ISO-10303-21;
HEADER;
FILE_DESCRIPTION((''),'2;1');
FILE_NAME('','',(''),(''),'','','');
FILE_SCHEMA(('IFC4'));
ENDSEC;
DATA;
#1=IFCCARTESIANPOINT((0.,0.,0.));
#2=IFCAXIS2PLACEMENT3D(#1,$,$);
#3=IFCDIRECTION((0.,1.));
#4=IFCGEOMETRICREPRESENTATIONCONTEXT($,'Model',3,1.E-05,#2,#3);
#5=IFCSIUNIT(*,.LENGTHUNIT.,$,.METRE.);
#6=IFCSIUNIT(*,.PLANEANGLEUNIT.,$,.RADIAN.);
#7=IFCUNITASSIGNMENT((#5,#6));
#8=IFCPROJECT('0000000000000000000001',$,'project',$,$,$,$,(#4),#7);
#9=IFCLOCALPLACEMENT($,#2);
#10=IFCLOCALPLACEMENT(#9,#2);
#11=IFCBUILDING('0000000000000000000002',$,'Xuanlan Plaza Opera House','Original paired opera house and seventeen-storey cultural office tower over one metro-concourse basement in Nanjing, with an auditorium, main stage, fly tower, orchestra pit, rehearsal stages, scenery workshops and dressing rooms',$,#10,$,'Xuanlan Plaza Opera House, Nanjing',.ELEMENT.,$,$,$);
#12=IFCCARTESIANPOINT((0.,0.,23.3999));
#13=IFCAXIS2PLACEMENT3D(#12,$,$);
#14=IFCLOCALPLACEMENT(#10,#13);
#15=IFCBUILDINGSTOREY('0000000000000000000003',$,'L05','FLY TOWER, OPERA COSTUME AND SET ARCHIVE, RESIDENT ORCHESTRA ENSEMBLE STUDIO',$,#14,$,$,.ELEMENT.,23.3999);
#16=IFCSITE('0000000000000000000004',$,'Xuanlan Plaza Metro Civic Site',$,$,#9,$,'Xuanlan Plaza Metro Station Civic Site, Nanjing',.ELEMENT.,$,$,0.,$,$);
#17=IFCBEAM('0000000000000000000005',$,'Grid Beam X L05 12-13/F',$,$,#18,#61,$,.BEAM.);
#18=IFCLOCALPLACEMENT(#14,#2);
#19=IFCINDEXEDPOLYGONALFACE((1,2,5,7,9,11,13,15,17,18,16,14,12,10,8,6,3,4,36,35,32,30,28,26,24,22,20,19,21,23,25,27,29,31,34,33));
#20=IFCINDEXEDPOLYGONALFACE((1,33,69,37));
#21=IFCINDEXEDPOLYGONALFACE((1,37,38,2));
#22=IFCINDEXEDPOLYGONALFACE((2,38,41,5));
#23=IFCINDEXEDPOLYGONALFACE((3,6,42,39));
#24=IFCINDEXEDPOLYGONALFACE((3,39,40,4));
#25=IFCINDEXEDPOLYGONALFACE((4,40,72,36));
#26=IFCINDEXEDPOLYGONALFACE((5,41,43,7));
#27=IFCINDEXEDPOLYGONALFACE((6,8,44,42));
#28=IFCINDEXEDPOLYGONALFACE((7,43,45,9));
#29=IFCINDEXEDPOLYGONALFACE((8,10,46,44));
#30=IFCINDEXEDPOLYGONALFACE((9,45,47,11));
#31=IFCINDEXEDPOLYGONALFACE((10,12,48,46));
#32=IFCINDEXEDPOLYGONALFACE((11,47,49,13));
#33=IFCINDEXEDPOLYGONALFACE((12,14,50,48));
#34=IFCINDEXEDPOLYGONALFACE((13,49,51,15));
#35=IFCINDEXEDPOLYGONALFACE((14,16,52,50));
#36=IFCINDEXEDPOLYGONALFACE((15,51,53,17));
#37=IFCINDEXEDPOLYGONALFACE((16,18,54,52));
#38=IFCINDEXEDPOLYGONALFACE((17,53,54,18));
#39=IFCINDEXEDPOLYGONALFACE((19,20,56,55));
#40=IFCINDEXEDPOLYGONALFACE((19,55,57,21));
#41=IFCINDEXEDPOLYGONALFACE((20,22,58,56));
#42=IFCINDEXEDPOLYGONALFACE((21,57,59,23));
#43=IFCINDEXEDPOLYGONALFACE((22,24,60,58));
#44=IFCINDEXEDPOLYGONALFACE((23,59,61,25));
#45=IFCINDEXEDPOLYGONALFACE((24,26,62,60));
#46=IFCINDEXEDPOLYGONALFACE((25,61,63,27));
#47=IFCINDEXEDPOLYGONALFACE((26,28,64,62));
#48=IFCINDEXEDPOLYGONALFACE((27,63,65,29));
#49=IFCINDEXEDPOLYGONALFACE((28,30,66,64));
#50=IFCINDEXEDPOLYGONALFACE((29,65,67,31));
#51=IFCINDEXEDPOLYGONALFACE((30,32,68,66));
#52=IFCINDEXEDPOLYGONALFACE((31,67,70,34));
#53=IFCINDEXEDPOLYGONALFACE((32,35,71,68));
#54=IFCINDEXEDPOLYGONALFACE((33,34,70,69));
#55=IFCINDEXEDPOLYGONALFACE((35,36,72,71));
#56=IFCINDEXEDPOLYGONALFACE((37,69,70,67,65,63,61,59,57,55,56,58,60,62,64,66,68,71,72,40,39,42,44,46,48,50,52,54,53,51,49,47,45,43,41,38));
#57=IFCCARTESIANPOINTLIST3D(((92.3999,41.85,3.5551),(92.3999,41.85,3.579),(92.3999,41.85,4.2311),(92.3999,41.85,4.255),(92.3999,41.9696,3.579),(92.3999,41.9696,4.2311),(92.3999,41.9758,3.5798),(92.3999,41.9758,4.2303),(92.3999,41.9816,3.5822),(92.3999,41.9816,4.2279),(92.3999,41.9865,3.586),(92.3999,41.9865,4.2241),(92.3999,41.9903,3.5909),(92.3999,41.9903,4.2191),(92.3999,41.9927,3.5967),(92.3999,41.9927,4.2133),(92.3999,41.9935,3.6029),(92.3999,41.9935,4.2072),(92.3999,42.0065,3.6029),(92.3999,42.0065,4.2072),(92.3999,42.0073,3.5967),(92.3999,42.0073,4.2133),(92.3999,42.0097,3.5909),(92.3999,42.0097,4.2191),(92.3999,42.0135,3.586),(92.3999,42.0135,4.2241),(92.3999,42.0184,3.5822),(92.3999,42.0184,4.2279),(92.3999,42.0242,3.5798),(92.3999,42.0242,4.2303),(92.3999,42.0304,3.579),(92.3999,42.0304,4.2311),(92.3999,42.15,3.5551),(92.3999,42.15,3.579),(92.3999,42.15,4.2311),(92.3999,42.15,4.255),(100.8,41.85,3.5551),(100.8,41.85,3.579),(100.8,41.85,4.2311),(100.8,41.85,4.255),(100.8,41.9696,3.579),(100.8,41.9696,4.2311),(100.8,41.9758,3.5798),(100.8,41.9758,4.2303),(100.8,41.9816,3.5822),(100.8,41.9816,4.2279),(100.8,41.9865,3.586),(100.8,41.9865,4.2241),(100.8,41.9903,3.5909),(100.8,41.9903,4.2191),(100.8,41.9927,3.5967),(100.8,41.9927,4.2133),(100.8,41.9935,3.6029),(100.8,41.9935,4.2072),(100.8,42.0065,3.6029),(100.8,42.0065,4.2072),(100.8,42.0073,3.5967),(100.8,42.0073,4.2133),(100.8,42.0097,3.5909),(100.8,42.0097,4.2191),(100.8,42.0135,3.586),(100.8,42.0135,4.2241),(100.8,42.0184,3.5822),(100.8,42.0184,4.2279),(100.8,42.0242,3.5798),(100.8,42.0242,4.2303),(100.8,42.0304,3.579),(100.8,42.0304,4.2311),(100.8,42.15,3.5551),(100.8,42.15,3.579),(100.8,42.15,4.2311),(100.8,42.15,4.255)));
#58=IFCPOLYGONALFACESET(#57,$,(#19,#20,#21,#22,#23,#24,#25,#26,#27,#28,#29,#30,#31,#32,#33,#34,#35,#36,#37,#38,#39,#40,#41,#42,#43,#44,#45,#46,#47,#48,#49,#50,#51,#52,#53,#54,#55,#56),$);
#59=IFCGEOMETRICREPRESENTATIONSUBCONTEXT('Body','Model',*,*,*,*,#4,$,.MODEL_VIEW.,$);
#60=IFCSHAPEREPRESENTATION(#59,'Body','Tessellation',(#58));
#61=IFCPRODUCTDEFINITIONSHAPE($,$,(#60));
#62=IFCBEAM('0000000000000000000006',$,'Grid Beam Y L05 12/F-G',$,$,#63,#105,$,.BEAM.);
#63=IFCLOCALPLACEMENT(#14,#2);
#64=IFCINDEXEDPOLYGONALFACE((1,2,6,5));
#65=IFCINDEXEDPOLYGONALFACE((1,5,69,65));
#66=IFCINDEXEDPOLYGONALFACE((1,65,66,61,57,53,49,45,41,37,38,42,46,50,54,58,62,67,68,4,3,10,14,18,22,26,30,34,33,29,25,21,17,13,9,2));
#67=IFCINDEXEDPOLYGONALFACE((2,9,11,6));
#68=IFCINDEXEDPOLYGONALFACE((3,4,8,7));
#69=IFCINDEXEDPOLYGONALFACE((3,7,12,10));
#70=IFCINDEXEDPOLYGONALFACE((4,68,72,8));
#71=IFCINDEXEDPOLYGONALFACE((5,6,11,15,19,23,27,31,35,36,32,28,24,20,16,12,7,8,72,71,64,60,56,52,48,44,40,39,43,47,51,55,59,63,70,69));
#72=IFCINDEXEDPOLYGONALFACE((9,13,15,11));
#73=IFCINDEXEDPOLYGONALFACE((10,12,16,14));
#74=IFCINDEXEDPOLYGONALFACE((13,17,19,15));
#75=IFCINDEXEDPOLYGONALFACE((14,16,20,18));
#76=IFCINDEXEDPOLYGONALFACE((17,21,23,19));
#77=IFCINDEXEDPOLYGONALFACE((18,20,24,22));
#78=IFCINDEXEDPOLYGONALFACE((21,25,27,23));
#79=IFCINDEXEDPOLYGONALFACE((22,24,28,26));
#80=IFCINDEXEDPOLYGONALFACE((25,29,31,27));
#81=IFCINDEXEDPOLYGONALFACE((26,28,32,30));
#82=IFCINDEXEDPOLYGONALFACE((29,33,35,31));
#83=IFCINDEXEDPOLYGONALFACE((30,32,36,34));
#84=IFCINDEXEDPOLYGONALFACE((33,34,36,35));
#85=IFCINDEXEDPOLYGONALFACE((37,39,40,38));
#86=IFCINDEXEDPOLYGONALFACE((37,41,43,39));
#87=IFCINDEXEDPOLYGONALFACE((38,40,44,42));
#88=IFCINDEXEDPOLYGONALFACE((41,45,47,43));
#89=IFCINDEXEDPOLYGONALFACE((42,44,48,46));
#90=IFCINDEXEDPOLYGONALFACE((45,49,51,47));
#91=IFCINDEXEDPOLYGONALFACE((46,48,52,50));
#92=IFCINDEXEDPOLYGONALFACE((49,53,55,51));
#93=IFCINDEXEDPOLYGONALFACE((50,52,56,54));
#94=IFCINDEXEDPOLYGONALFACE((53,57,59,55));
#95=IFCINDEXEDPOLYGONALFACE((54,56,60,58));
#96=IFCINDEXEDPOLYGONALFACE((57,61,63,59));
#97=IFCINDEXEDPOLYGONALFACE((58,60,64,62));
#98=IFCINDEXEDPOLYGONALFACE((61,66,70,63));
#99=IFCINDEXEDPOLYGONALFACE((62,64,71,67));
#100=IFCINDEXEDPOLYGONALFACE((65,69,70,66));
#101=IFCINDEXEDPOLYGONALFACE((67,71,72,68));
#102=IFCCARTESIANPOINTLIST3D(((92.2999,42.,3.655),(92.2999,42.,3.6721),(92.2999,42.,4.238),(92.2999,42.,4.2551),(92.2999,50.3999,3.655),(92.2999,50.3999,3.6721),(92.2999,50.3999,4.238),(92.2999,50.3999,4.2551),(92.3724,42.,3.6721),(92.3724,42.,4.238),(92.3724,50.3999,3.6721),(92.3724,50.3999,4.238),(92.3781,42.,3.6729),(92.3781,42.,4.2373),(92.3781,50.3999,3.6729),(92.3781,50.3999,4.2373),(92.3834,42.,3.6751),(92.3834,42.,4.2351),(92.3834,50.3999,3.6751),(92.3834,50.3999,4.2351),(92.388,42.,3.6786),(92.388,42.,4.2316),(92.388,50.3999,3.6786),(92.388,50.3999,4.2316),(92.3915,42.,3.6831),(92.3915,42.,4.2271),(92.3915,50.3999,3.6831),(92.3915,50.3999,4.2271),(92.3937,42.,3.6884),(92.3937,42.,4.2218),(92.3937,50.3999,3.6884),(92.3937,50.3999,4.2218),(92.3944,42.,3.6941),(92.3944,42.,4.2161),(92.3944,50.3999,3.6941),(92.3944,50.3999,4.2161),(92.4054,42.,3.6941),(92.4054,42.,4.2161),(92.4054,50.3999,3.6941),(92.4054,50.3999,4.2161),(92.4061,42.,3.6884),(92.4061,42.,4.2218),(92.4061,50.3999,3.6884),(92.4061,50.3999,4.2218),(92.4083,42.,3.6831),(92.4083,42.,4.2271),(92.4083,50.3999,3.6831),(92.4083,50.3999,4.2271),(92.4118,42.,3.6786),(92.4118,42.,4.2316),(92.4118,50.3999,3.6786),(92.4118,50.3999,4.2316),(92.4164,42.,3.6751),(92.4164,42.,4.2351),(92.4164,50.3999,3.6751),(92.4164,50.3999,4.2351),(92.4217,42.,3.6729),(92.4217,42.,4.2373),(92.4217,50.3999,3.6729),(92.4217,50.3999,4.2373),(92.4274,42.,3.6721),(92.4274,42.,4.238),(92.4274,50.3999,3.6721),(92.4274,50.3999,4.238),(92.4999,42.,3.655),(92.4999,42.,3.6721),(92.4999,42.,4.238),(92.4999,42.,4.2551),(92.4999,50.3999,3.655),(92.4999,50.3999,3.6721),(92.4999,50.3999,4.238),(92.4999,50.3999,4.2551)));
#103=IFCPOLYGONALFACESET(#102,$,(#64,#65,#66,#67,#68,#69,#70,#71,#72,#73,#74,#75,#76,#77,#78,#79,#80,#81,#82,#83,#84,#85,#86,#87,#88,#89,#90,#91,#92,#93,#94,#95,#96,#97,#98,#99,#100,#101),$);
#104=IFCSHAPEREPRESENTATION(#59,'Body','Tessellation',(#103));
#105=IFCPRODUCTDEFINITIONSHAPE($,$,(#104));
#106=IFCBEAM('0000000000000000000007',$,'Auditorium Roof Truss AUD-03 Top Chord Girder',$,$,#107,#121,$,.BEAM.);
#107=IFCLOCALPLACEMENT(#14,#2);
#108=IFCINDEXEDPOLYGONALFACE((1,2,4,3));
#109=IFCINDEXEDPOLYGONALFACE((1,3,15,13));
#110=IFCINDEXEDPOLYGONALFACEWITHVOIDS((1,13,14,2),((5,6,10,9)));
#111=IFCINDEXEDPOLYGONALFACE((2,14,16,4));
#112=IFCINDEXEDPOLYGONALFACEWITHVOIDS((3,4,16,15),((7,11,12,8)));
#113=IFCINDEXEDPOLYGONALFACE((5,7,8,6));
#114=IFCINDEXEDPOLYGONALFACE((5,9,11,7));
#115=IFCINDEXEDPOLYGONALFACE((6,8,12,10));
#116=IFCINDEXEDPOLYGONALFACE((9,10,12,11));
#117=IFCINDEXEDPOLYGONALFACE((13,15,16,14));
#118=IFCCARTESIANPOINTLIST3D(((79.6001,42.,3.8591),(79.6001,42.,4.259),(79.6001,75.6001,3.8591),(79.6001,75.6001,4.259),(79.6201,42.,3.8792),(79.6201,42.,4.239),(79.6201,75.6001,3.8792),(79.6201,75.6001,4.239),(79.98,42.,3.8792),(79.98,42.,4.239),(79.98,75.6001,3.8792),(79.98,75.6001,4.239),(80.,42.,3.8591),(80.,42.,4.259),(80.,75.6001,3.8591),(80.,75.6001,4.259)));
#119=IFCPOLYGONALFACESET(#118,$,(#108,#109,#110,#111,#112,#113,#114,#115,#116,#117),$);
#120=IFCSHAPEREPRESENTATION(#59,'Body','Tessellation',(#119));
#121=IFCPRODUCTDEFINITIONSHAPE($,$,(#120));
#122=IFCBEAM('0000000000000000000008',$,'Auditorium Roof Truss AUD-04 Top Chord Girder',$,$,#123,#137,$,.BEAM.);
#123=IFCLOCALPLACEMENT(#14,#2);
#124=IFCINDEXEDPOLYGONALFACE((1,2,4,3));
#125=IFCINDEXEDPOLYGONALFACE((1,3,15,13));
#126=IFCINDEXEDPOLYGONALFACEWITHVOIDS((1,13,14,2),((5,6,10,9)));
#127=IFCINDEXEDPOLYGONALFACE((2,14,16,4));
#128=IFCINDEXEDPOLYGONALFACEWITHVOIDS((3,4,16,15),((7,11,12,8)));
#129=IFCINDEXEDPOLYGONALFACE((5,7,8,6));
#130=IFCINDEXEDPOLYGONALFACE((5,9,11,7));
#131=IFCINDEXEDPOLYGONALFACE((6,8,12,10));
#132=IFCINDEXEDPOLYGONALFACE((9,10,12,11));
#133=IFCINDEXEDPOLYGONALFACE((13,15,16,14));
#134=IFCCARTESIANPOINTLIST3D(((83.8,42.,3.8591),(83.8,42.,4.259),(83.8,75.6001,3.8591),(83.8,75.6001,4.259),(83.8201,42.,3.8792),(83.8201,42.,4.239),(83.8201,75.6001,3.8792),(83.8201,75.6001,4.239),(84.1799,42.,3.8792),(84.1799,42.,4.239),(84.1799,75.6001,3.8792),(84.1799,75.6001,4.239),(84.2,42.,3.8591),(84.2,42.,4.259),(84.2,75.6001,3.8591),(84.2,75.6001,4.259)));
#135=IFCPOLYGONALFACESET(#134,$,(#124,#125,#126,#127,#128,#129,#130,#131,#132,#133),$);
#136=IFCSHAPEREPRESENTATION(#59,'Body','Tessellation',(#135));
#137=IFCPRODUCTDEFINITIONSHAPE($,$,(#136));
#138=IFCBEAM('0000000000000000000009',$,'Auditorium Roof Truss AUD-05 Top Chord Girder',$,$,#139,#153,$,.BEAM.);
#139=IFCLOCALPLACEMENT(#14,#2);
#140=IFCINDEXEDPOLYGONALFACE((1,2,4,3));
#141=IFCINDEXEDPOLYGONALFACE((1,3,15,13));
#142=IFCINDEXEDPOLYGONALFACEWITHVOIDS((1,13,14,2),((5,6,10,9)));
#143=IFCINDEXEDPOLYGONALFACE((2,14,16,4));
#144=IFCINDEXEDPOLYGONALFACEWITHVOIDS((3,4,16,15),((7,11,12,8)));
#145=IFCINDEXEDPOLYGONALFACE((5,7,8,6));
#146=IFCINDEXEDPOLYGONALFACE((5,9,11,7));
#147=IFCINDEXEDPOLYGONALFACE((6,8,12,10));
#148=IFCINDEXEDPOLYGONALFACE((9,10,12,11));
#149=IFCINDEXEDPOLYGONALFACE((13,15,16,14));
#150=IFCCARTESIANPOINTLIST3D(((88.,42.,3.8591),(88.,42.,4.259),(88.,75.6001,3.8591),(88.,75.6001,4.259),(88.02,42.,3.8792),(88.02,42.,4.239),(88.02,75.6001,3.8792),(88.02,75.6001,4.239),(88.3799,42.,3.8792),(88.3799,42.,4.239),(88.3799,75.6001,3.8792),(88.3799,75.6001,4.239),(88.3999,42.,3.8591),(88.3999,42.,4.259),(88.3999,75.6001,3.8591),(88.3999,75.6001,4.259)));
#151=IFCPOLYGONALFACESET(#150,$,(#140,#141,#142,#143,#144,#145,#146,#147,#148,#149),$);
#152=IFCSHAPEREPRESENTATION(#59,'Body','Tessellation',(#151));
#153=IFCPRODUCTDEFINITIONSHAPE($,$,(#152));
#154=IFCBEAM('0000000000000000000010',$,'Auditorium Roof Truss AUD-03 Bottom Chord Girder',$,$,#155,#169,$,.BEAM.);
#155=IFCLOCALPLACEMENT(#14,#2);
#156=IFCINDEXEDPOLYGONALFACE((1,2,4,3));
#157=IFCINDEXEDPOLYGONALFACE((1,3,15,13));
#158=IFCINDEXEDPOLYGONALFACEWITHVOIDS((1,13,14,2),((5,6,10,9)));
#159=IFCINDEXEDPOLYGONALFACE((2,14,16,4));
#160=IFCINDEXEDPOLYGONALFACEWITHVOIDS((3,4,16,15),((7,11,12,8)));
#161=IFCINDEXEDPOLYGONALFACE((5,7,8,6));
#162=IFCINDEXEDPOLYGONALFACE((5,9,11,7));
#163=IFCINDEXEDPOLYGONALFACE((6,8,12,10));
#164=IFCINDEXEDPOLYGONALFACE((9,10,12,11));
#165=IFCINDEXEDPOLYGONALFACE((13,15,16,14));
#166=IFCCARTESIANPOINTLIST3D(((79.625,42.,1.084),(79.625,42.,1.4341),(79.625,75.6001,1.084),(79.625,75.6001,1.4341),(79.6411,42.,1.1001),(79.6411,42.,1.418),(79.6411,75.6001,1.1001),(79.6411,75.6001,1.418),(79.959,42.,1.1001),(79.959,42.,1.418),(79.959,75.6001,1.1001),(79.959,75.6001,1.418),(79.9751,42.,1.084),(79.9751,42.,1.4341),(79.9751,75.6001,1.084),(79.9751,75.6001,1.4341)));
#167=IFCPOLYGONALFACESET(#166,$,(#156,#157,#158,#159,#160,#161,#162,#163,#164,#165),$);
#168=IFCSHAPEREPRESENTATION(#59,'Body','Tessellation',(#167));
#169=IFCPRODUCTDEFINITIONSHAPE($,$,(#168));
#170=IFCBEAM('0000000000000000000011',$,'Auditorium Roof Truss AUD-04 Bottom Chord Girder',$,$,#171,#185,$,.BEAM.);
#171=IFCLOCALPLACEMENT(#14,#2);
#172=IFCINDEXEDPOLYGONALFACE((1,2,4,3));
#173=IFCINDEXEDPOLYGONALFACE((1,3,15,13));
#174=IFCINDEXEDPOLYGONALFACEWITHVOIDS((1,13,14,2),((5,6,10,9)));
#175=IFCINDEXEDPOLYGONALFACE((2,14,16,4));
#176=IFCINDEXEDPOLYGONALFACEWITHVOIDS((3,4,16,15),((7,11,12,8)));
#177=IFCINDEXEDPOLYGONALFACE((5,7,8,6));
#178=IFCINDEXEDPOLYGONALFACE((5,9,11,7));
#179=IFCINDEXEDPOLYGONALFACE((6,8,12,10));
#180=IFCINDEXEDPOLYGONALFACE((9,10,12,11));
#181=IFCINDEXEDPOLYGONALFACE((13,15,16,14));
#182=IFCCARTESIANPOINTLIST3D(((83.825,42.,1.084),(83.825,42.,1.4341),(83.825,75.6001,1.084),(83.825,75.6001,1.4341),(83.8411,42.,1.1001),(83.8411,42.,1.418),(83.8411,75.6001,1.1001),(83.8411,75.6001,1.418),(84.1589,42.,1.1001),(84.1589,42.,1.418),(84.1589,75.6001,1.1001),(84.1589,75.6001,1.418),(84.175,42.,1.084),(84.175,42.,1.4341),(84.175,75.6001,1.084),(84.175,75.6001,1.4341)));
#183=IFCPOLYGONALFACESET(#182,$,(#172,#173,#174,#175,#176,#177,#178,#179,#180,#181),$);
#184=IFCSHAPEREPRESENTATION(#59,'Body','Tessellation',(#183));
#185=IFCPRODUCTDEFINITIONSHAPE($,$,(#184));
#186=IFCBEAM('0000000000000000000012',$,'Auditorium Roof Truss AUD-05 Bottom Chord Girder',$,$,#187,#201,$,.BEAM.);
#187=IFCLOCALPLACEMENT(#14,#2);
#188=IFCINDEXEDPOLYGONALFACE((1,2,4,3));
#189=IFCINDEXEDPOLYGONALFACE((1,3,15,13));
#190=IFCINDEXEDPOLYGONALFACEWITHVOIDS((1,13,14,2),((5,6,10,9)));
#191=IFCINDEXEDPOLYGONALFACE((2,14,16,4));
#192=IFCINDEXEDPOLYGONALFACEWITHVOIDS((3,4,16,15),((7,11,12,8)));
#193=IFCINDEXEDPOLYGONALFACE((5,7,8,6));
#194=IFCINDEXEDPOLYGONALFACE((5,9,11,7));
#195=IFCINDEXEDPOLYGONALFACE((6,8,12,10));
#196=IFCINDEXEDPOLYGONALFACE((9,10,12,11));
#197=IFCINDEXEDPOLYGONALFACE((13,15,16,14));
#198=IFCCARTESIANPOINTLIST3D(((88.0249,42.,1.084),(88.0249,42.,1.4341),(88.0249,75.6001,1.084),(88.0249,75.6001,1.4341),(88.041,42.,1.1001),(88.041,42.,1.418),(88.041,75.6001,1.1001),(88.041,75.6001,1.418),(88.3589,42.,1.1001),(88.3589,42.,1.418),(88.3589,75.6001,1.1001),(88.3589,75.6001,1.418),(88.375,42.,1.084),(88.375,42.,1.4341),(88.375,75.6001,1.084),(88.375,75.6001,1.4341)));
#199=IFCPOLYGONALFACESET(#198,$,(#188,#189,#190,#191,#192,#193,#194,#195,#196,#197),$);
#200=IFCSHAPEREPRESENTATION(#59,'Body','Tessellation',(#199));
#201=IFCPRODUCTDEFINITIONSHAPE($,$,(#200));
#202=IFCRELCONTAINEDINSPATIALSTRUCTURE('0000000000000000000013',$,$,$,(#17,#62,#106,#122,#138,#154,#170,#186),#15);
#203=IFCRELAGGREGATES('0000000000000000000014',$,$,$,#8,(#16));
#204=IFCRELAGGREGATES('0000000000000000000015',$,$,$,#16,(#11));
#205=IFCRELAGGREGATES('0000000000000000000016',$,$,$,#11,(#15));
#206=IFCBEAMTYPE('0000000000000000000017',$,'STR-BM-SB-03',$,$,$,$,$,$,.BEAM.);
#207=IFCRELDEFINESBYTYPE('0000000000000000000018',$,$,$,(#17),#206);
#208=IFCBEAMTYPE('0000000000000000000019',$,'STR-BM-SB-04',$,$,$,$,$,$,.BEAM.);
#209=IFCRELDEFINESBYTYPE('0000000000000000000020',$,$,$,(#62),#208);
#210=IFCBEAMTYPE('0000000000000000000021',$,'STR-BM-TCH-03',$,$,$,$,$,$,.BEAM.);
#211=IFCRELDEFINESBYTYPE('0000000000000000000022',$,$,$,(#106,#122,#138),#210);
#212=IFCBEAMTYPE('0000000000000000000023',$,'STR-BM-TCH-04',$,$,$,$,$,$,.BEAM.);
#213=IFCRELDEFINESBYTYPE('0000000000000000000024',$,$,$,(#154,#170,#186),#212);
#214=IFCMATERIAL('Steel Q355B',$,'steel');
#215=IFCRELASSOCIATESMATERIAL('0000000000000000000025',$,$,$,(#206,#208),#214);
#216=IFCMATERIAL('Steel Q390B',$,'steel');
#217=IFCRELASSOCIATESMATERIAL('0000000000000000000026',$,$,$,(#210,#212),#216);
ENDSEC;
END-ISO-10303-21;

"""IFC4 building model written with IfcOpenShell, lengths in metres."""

from ifc_helpers import new_model, si_unit, direction, frame, origin, origin_2d, place, context, subcontext, project, spatial, hollow_rectangle, i_section, extrude, material, material_profile, profile_set, type_object, element, save


model = new_model("IFC4")

# Units and contexts
model_context = context("Model", 3, precision=1e-05, world=origin(), true_north=direction((0.0, 1.0)))
body_context = subcontext(model_context, "Body", "Model", "MODEL_VIEW")
ifc_project = project(units=[si_unit("LENGTHUNIT", "METRE"), si_unit("PLANEANGLEUNIT", "RADIAN")], contexts=[model_context])

# Site, building, storey
site_placement = place(None, origin())
site = spatial("IfcSite", under=ifc_project, at=site_placement, Name="Xuanlan Plaza Metro Civic Site", LongName="Xuanlan Plaza Metro Station Civic Site, Nanjing", CompositionType="ELEMENT", RefElevation=0.0)
building_placement = place(site_placement, origin())
building = spatial("IfcBuilding", under=site, at=building_placement, Name="Xuanlan Plaza Opera House", Description="Original paired opera house and seventeen-storey cultural office tower over one metro-concourse basement in Nanjing, with an auditorium, main stage, fly tower, orchestra pit, rehearsal stages, scenery workshops and dressing rooms", LongName="Xuanlan Plaza Opera House, Nanjing", CompositionType="ELEMENT")
storey_placement = place(building_placement, frame((0.0, 0.0, 23.3999)))
storey = spatial("IfcBuildingStorey", under=building, at=storey_placement, Name="L05", Description="FLY TOWER, OPERA COSTUME AND SET ARCHIVE, RESIDENT ORCHESTRA ENSEMBLE STUDIO", CompositionType="ELEMENT", Elevation=23.3999)

# Beams
ifc_material_1 = material(Name="Steel Q390B", Category="steel")
ifc_material_2 = material(Name="Steel Q355B", Category="steel")
ifc_material_profile_1 = material_profile(ifc_material_2, i_section(OverallWidth=0.3, OverallDepth=0.7, WebThickness=0.0129, FlangeThickness=0.0239, FilletRadius=0.0239, at=origin_2d()), Name="HN 700x300x13x24")
ifc_profile_set_1 = profile_set([ifc_material_profile_1], Name="Steel Q355B")
beam_type_1 = type_object("IfcBeamType", Name="STR-BM-SB-03", PredefinedType="BEAM", material=ifc_profile_set_1)
beam_1_placement = place(storey_placement, frame((92.3999, 42.0, 3.905), z_axis=(1.0, 0.0, 0.0), x_axis=(0.0, 1.0, 0.0)))
element("IfcBeam", 1, at=beam_1_placement, inside=storey, type_object=beam_type_1, Name="Grid Beam X L05 12-13/F", PredefinedType="BEAM", context=body_context, shape_type="SweptSolid", body=[
    extrude(i_section(OverallWidth=0.3, OverallDepth=0.7, WebThickness=0.0129, FlangeThickness=0.0239, FilletRadius=0.0239, at=origin_2d()), origin(), (0.0, 0.0, 1.0), 8.4001),
])
ifc_material_profile_2 = material_profile(ifc_material_2, i_section(OverallWidth=0.2, OverallDepth=0.6001, WebThickness=0.011, FlangeThickness=0.0171, FilletRadius=0.022, at=origin_2d()), Name="HN 600x200x11x17")
ifc_profile_set_2 = profile_set([ifc_material_profile_2], Name="Steel Q355B")
beam_type_2 = type_object("IfcBeamType", Name="STR-BM-SB-04", PredefinedType="BEAM", material=ifc_profile_set_2)
beam_2_placement = place(storey_placement, frame((92.3999, 42.0, 3.9551), z_axis=(0.0, 1.0, 0.0), x_axis=(-1.0, 0.0, 0.0)))
element("IfcBeam", 2, at=beam_2_placement, inside=storey, type_object=beam_type_2, Name="Grid Beam Y L05 12/F-G", PredefinedType="BEAM", context=body_context, shape_type="SweptSolid", body=[
    extrude(i_section(OverallWidth=0.2, OverallDepth=0.6001, WebThickness=0.011, FlangeThickness=0.0171, FilletRadius=0.022, at=origin_2d()), origin(), (0.0, 0.0, 1.0), 8.3999),
])
ifc_material_profile_3 = material_profile(ifc_material_1, hollow_rectangle(XDim=0.3999, YDim=0.3999, WallThickness=0.02, at=origin_2d()), Name="SHS 400x400x20")
ifc_profile_set_3 = profile_set([ifc_material_profile_3], Name="Steel Q390B")
beam_type_3 = type_object("IfcBeamType", Name="STR-BM-TCH-03", PredefinedType="BEAM", material=ifc_profile_set_3)
for number, where, z_axis, x_axis, name in (
    (3, (79.8, 42.0, 4.0591), (0.0, 1.0, 0.0), (-1.0, 0.0, 0.0), "Auditorium Roof Truss AUD-03 Top Chord Girder"),
    (4, (84.0, 42.0, 4.0591), (0.0, 1.0, 0.0), (-1.0, 0.0, 0.0), "Auditorium Roof Truss AUD-04 Top Chord Girder"),
    (5, (88.2, 42.0, 4.0591), (0.0, 1.0, 0.0), (-1.0, 0.0, 0.0), "Auditorium Roof Truss AUD-05 Top Chord Girder"),
):
    element("IfcBeam", number, at=place(storey_placement, frame(where, z_axis=z_axis, x_axis=x_axis)), inside=storey, type_object=beam_type_3, Name=name, PredefinedType="BEAM", context=body_context, shape_type="SweptSolid", body=[
        extrude(hollow_rectangle(XDim=0.3999, YDim=0.3999, WallThickness=0.02, at=origin_2d()), origin(), (0.0, 0.0, 1.0), 33.6001),
    ])
ifc_material_profile_4 = material_profile(ifc_material_1, hollow_rectangle(XDim=0.3501, YDim=0.3501, WallThickness=0.0161, at=origin_2d()), Name="SHS 350x350x16")
ifc_profile_set_4 = profile_set([ifc_material_profile_4], Name="Steel Q390B")
beam_type_4 = type_object("IfcBeamType", Name="STR-BM-TCH-04", PredefinedType="BEAM", material=ifc_profile_set_4)
for number, where, z_axis, x_axis, name in (
    (6, (79.8, 42.0, 1.259), (0.0, 1.0, 0.0), (-1.0, 0.0, 0.0), "Auditorium Roof Truss AUD-03 Bottom Chord Girder"),
    (7, (84.0, 42.0, 1.259), (0.0, 1.0, 0.0), (-1.0, 0.0, 0.0), "Auditorium Roof Truss AUD-04 Bottom Chord Girder"),
    (8, (88.2, 42.0, 1.259), (0.0, 1.0, 0.0), (-1.0, 0.0, 0.0), "Auditorium Roof Truss AUD-05 Bottom Chord Girder"),
):
    element("IfcBeam", number, at=place(storey_placement, frame(where, z_axis=z_axis, x_axis=x_axis)), inside=storey, type_object=beam_type_4, Name=name, PredefinedType="BEAM", context=body_context, shape_type="SweptSolid", body=[
        extrude(hollow_rectangle(XDim=0.3501, YDim=0.3501, WallThickness=0.0161, at=origin_2d()), origin(), (0.0, 0.0, 1.0), 33.6001),
    ])

save(model, "model.ifc")
